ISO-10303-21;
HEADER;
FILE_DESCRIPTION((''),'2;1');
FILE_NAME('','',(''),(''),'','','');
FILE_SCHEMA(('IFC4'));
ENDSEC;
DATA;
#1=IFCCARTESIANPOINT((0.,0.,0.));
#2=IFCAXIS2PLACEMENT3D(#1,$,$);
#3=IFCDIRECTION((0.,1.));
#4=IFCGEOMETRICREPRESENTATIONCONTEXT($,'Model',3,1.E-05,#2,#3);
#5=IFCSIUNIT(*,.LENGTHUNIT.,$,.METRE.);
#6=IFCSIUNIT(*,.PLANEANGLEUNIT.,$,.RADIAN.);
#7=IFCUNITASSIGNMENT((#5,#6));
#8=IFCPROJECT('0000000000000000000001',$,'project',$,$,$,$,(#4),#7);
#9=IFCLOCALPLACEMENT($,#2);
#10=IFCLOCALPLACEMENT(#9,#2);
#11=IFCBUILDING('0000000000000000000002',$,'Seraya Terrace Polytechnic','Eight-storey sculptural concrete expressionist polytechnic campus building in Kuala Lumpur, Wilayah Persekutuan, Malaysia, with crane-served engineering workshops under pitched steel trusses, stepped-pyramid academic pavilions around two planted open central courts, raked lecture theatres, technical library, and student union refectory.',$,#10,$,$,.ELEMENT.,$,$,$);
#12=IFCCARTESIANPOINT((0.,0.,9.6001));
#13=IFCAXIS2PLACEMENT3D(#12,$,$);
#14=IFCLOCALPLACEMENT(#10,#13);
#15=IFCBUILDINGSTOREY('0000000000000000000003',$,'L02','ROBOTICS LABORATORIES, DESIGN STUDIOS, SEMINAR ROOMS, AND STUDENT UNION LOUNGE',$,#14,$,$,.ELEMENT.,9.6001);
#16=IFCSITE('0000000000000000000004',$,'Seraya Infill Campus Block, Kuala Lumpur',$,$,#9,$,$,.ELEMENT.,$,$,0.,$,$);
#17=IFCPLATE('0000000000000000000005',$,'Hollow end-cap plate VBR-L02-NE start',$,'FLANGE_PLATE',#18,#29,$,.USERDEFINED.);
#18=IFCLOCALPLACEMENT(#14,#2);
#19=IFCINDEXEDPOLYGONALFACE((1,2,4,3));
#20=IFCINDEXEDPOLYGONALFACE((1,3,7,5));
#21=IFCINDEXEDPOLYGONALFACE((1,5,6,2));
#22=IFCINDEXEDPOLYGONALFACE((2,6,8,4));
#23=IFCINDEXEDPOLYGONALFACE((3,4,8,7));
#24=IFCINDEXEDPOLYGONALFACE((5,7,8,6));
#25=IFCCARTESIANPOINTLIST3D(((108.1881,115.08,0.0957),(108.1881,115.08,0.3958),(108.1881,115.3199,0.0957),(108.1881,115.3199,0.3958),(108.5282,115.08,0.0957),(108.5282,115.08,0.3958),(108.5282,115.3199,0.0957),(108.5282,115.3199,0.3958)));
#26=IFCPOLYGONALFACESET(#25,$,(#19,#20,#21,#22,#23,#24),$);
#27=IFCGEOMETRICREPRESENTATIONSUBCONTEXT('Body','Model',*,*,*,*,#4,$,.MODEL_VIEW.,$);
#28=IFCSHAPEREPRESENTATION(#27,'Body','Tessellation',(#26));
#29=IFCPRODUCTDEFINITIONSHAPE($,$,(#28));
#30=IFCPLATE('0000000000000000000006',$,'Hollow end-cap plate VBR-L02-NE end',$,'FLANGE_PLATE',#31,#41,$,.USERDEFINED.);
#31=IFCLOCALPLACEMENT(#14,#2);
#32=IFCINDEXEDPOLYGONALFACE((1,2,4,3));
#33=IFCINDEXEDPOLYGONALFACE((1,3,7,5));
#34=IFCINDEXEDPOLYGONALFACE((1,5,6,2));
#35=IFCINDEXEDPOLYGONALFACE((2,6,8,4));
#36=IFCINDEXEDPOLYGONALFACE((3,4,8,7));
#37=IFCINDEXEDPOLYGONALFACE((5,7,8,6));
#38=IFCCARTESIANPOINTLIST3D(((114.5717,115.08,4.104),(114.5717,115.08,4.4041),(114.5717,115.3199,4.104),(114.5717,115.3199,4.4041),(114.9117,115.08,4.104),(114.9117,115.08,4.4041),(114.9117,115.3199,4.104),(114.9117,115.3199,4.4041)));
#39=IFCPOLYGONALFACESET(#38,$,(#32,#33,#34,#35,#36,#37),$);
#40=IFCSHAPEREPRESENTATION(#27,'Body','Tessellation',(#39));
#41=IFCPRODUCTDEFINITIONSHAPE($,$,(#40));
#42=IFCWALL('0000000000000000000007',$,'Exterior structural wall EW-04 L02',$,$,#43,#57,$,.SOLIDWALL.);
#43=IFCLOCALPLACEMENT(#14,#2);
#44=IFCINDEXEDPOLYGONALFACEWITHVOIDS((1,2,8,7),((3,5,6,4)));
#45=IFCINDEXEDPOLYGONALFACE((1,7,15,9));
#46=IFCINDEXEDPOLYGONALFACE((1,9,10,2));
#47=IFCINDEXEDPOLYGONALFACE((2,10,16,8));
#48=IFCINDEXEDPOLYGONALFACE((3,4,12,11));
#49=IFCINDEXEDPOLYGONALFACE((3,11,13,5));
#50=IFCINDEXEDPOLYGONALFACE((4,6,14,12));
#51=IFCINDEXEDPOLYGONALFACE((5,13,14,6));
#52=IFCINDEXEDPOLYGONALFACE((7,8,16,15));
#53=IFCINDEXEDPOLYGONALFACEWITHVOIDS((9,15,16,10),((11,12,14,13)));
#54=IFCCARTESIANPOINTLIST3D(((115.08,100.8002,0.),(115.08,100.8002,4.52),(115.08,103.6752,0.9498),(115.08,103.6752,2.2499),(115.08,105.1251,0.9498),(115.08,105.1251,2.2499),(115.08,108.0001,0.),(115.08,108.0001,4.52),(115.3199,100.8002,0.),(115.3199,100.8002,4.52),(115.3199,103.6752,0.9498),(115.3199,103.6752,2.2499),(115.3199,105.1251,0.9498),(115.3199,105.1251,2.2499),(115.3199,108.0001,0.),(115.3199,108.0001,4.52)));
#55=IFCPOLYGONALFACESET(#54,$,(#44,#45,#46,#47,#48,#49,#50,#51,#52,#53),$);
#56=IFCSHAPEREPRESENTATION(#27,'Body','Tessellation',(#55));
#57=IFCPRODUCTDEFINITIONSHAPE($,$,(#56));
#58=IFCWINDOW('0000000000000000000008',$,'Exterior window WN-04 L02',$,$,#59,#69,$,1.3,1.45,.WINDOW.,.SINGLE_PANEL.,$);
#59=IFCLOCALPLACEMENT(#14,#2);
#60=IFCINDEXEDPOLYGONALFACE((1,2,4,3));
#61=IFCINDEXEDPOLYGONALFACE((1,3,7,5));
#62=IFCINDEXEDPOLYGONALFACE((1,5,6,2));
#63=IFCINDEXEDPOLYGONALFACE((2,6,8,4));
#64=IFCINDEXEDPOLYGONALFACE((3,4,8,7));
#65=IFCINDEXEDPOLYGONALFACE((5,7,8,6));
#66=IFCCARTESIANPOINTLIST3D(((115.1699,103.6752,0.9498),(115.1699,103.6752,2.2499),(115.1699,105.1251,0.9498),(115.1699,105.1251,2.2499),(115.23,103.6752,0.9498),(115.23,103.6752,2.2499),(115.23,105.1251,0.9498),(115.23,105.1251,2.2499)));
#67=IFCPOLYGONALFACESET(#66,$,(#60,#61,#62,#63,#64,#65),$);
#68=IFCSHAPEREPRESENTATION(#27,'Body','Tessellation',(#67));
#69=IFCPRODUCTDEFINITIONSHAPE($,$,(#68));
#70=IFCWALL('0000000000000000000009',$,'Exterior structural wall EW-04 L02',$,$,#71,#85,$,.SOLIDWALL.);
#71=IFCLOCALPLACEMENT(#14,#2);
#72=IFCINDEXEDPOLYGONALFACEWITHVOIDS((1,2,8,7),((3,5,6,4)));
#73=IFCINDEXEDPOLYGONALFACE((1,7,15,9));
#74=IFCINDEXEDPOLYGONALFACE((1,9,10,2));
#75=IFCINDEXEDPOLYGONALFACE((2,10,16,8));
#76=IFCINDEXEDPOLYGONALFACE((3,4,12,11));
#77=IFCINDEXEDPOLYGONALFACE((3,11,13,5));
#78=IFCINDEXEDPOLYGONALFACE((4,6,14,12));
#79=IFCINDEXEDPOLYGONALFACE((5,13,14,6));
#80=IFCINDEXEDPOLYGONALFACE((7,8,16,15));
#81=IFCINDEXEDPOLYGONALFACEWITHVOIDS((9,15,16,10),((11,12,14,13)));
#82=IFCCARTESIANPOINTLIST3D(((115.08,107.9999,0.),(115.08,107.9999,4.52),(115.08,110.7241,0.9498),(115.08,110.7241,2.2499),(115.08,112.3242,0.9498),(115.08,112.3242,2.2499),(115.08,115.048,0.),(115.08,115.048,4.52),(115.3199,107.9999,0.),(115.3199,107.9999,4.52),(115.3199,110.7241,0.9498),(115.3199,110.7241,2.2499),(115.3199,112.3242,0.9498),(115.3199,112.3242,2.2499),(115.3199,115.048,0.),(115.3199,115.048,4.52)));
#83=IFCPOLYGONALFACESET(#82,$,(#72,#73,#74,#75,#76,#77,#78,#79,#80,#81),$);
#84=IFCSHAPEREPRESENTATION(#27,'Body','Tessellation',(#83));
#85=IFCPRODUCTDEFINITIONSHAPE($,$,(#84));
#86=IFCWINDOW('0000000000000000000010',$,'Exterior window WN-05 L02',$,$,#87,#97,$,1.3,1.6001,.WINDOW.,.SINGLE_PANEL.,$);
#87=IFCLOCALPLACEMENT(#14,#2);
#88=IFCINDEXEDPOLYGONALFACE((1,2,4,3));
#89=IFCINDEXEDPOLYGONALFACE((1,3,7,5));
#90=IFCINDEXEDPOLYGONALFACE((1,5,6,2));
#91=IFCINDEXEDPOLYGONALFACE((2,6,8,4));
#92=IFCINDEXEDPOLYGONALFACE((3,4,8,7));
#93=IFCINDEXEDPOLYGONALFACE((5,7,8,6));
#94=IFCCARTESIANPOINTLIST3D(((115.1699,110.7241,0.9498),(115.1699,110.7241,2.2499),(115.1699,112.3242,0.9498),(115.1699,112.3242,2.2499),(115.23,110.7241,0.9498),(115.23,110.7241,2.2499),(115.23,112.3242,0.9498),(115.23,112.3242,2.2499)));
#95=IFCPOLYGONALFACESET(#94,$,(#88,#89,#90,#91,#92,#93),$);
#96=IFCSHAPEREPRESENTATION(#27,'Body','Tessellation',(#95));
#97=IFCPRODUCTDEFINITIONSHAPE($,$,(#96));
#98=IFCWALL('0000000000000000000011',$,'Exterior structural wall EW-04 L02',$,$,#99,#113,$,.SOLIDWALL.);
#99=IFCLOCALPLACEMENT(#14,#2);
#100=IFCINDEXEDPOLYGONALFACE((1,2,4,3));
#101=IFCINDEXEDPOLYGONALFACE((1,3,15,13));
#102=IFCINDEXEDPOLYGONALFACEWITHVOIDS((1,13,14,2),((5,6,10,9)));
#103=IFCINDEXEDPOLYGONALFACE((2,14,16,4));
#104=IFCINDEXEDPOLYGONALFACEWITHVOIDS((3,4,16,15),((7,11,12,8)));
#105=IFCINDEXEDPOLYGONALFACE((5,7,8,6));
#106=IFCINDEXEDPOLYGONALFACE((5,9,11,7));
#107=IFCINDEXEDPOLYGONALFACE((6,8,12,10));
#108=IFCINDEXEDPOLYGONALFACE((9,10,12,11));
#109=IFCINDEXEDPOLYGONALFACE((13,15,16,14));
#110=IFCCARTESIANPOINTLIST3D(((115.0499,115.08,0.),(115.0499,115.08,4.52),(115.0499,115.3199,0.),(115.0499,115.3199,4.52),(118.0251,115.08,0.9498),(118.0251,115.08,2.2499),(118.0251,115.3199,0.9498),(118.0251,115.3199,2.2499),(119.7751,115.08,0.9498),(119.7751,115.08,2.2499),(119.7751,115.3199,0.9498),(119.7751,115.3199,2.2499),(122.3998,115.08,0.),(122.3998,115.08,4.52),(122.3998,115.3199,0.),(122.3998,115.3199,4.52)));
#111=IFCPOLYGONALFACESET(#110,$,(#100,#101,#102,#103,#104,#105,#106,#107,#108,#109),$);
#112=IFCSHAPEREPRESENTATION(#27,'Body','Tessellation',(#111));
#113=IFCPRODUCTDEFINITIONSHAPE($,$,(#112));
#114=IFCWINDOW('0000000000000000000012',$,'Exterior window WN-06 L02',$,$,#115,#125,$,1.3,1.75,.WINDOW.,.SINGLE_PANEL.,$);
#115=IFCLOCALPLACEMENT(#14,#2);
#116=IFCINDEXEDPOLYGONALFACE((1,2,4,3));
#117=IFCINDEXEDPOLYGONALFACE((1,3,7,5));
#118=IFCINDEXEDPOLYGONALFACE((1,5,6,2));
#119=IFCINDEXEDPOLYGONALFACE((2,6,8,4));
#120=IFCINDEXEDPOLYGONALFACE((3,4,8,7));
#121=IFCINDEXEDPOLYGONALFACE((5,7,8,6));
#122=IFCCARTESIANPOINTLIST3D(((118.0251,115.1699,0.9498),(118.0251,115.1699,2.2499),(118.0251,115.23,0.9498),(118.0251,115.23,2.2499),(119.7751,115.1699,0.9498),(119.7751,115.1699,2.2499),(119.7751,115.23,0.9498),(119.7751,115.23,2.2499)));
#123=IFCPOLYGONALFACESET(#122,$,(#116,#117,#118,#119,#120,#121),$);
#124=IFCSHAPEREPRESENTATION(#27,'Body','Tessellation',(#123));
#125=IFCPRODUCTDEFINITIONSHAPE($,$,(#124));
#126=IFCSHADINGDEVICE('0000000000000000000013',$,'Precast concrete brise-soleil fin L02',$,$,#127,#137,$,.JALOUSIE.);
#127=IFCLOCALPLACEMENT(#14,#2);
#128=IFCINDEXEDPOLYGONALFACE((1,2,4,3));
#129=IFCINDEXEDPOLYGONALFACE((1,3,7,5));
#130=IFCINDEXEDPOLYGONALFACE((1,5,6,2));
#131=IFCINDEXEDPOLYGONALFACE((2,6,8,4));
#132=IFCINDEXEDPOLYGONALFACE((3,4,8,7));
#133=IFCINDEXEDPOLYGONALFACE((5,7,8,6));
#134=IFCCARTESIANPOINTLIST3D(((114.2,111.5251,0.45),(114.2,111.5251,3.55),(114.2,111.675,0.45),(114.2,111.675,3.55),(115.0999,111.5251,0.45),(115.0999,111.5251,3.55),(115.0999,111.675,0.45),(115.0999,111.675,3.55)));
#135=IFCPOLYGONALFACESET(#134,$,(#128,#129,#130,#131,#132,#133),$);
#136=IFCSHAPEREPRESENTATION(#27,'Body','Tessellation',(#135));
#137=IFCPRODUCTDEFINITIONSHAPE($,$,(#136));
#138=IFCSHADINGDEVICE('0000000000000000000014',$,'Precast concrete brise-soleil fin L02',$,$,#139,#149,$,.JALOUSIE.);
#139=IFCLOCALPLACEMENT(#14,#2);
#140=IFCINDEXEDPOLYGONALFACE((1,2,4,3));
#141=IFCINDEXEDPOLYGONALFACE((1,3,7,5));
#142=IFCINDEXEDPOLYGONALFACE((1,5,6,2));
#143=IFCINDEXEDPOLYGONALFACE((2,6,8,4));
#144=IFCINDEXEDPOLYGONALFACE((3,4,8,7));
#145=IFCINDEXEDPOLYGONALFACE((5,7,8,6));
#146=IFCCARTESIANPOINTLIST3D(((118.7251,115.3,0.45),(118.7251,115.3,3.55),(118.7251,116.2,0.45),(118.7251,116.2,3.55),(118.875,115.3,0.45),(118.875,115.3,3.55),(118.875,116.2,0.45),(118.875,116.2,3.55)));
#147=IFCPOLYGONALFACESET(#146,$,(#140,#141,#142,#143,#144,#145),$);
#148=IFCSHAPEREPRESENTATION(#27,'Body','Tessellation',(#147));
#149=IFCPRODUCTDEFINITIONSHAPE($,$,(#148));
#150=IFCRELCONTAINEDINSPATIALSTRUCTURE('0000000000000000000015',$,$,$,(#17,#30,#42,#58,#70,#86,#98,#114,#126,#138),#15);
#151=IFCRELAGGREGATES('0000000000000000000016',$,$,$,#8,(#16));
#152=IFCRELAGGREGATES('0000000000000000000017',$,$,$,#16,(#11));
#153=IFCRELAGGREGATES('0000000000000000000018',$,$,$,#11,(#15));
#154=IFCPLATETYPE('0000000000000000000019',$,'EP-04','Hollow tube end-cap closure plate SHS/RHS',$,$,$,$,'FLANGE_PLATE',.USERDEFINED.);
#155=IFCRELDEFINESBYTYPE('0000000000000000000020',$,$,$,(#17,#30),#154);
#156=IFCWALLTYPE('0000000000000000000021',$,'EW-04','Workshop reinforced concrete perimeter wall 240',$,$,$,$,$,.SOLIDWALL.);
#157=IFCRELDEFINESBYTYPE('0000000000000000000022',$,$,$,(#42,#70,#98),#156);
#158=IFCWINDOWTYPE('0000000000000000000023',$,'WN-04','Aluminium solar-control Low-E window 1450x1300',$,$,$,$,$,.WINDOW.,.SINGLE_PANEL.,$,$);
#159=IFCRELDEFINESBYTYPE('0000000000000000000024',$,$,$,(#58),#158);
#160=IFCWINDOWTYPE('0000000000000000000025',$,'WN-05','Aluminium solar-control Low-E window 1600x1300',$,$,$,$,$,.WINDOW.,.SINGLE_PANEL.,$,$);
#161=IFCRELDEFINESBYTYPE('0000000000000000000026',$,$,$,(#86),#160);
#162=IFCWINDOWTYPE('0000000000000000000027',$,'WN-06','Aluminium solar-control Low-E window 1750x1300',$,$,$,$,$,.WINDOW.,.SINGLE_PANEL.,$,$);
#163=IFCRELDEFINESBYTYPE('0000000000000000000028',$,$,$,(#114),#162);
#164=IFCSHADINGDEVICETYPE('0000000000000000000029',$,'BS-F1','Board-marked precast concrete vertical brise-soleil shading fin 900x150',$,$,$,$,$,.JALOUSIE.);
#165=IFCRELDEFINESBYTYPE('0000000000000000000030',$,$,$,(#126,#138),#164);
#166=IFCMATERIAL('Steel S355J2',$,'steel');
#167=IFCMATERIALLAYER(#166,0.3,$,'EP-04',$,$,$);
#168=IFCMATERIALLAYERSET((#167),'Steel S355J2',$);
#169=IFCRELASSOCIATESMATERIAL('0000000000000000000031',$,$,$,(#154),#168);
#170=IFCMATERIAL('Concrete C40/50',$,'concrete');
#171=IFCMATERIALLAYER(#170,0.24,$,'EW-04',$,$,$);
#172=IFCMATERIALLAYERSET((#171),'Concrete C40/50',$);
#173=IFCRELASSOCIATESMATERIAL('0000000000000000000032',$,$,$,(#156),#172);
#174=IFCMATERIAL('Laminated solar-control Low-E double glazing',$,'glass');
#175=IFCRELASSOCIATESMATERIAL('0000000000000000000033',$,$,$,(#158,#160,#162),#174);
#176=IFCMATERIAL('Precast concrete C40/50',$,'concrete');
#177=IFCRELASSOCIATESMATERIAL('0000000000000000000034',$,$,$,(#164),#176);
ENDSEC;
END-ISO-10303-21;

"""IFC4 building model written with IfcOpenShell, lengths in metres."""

from ifc_helpers import new_model, si_unit, direction, frame, frame_2d, origin, origin_2d, place, context, subcontext, project, spatial, rectangle, extrude, material, layer, layer_set, type_object, element, fill, save


model = new_model("IFC4")

# Units and contexts
model_context = context("Model", 3, precision=1e-05, world=origin(), true_north=direction((0.0, 1.0)))
body_context = subcontext(model_context, "Body", "Model", "MODEL_VIEW")
ifc_project = project(units=[si_unit("LENGTHUNIT", "METRE"), si_unit("PLANEANGLEUNIT", "RADIAN")], contexts=[model_context])

# Site, building, storey
site_placement = place(None, origin())
site = spatial("IfcSite", under=ifc_project, at=site_placement, Name="Seraya Infill Campus Block, Kuala Lumpur", CompositionType="ELEMENT", RefElevation=0.0)
building_placement = place(site_placement, origin())
building = spatial("IfcBuilding", under=site, at=building_placement, Name="Seraya Terrace Polytechnic", Description="Eight-storey sculptural concrete expressionist polytechnic campus building in Kuala Lumpur, Wilayah Persekutuan, Malaysia, with crane-served engineering workshops under pitched steel trusses, stepped-pyramid academic pavilions around two planted open central courts, raked lecture theatres, technical library, and student union refectory.", CompositionType="ELEMENT")
storey_placement = place(building_placement, frame((0.0, 0.0, 9.6001)))
storey = spatial("IfcBuildingStorey", under=building, at=storey_placement, Name="L02", Description="ROBOTICS LABORATORIES, DESIGN STUDIOS, SEMINAR ROOMS, AND STUDENT UNION LOUNGE", CompositionType="ELEMENT", Elevation=9.6001)

# Shared definitions
ifc_material_1 = material(Name="Concrete C40/50", Category="concrete")

# Shared definitions
ifc_material_2 = material(Name="Steel S355J2", Category="steel")

# Shared definitions
ifc_material_3 = material(Name="Laminated solar-control Low-E double glazing", Category="glass")

# Plates
ifc_layer_1 = layer(ifc_material_2, 0.3, Name="EP-04")
ifc_layer_set_1 = layer_set([ifc_layer_1], Name="Steel S355J2")
plate_type_1 = type_object("IfcPlateType", Name="EP-04", Description="Hollow tube end-cap closure plate SHS/RHS", ElementType="FLANGE_PLATE", PredefinedType="USERDEFINED", material=ifc_layer_set_1)
for number, where, z_axis, x_axis, name in (
    (1, (108.3582, 115.2, 0.0957), (0.0, 0.0, 1.0), (1.0, 0.0, 0.0), "Hollow end-cap plate VBR-L02-NE start"),
    (2, (114.7417, 115.2, 4.104), (0.0, 0.0, 1.0), (1.0, 0.0, 0.0), "Hollow end-cap plate VBR-L02-NE end"),
):
    element("IfcPlate", number, at=place(storey_placement, frame(where, z_axis=z_axis, x_axis=x_axis)), inside=storey, type_object=plate_type_1, Name=name, ObjectType="FLANGE_PLATE", PredefinedType="USERDEFINED", context=body_context, shape_type="SweptSolid", body=[
        extrude(rectangle(XDim=0.3401, YDim=0.24, at=origin_2d()), origin(), (0.0, 0.0, 1.0), 0.3),
    ])

# Walls, openings, windows
ifc_layer_2 = layer(ifc_material_1, 0.24, Name="EW-04")
ifc_layer_set_2 = layer_set([ifc_layer_2], Name="Concrete C40/50")
wall_type = type_object("IfcWallType", Name="EW-04", Description="Workshop reinforced concrete perimeter wall 240", PredefinedType="SOLIDWALL", material=ifc_layer_set_2)
wall_1_placement = place(storey_placement, frame((115.2, 100.8, 0.0), z_axis=(0.0, 0.0, 1.0), x_axis=(0.0, 1.0, 0.0)))
wall_1 = element("IfcWall", 3, at=wall_1_placement, inside=storey, type_object=wall_type, Name="Exterior structural wall EW-04 L02", PredefinedType="SOLIDWALL", context=body_context, shape_type="SweptSolid", body=[
    extrude(rectangle(XDim=7.2, YDim=0.24, at=frame_2d((3.6001, 0.0))), origin(), (0.0, 0.0, 1.0), 4.52),
])
opening_1_placement = place(wall_1_placement, frame((2.875, 0.0, 0.95)))
opening_1 = element("IfcOpeningElement", 4, at=opening_1_placement, cuts=wall_1, PredefinedType="OPENING", context=body_context, shape_type="SweptSolid", body=[
    extrude(rectangle(XDim=1.45, YDim=1.3, at=frame_2d((0.7251, 0.6499))), frame((0.0, 0.1318, 0.0), z_axis=(0.0, -1.0, 0.0), x_axis=(1.0, 0.0, 0.0)), (0.0, 0.0, 1.0), 0.2639),
])
window_type_1 = type_object("IfcWindowType", Name="WN-04", Description="Aluminium solar-control Low-E window 1450x1300", PartitioningType="SINGLE_PANEL", PredefinedType="WINDOW", material=ifc_material_3)
window_1_placement = place(opening_1_placement, origin())
window_1 = element("IfcWindow", 5, at=window_1_placement, inside=storey, type_object=window_type_1, Name="Exterior window WN-04 L02", OverallHeight=1.3, OverallWidth=1.45, PartitioningType="SINGLE_PANEL", PredefinedType="WINDOW", context=body_context, shape_type="SweptSolid", body=[
    extrude(rectangle(XDim=1.45, YDim=1.3, at=frame_2d((0.7251, 0.6499))), frame((0.0, 0.03, 0.0), z_axis=(0.0, -1.0, 0.0), x_axis=(1.0, 0.0, 0.0)), (0.0, 0.0, 1.0), 0.0601),
])
fill(opening_1, window_1)
wall_2_placement = place(storey_placement, frame((115.2, 108.0, 0.0), z_axis=(0.0, 0.0, 1.0), x_axis=(0.0, 1.0, 0.0)))
wall_2 = element("IfcWall", 6, at=wall_2_placement, inside=storey, type_object=wall_type, Name="Exterior structural wall EW-04 L02", PredefinedType="SOLIDWALL", context=body_context, shape_type="SweptSolid", body=[
    extrude(rectangle(XDim=7.0481, YDim=0.24, at=frame_2d((3.5239, 0.0))), origin(), (0.0, 0.0, 1.0), 4.52),
])
opening_2_placement = place(wall_2_placement, frame((2.7241, 0.0, 0.95)))
opening_2 = element("IfcOpeningElement", 7, at=opening_2_placement, cuts=wall_2, PredefinedType="OPENING", context=body_context, shape_type="SweptSolid", body=[
    extrude(rectangle(XDim=1.6001, YDim=1.3, at=frame_2d((0.8, 0.6499))), frame((0.0, 0.1318, 0.0), z_axis=(0.0, -1.0, 0.0), x_axis=(1.0, 0.0, 0.0)), (0.0, 0.0, 1.0), 0.2639),
])
window_type_2 = type_object("IfcWindowType", Name="WN-05", Description="Aluminium solar-control Low-E window 1600x1300", PartitioningType="SINGLE_PANEL", PredefinedType="WINDOW", material=ifc_material_3)
window_2_placement = place(opening_2_placement, origin())
window_2 = element("IfcWindow", 8, at=window_2_placement, inside=storey, type_object=window_type_2, Name="Exterior window WN-05 L02", OverallHeight=1.3, OverallWidth=1.6001, PartitioningType="SINGLE_PANEL", PredefinedType="WINDOW", context=body_context, shape_type="SweptSolid", body=[
    extrude(rectangle(XDim=1.6001, YDim=1.3, at=frame_2d((0.8, 0.6499))), frame((0.0, 0.03, 0.0), z_axis=(0.0, -1.0, 0.0), x_axis=(1.0, 0.0, 0.0)), (0.0, 0.0, 1.0), 0.0601),
])
fill(opening_2, window_2)
wall_3_placement = place(storey_placement, frame((115.05, 115.2, 0.0), z_axis=(0.0, 0.0, 1.0), x_axis=(1.0, 0.0, 0.0)))
wall_3 = element("IfcWall", 9, at=wall_3_placement, inside=storey, type_object=wall_type, Name="Exterior structural wall EW-04 L02", PredefinedType="SOLIDWALL", context=body_context, shape_type="SweptSolid", body=[
    extrude(rectangle(XDim=7.3499, YDim=0.24, at=frame_2d((3.6748, 0.0))), origin(), (0.0, 0.0, 1.0), 4.52),
])
opening_3_placement = place(wall_3_placement, frame((2.9751, 0.0, 0.95)))
opening_3 = element("IfcOpeningElement", 10, at=opening_3_placement, cuts=wall_3, PredefinedType="OPENING", context=body_context, shape_type="SweptSolid", body=[
    extrude(rectangle(XDim=1.75, YDim=1.3, at=frame_2d((0.875, 0.6499))), frame((0.0, 0.1318, 0.0), z_axis=(0.0, -1.0, 0.0), x_axis=(1.0, 0.0, 0.0)), (0.0, 0.0, 1.0), 0.2639),
])
window_type_3 = type_object("IfcWindowType", Name="WN-06", Description="Aluminium solar-control Low-E window 1750x1300", PartitioningType="SINGLE_PANEL", PredefinedType="WINDOW", material=ifc_material_3)
window_3_placement = place(opening_3_placement, origin())
window_3 = element("IfcWindow", 11, at=window_3_placement, inside=storey, type_object=window_type_3, Name="Exterior window WN-06 L02", OverallHeight=1.3, OverallWidth=1.75, PartitioningType="SINGLE_PANEL", PredefinedType="WINDOW", context=body_context, shape_type="SweptSolid", body=[
    extrude(rectangle(XDim=1.75, YDim=1.3, at=frame_2d((0.875, 0.6499))), frame((0.0, 0.03, 0.0), z_axis=(0.0, -1.0, 0.0), x_axis=(1.0, 0.0, 0.0)), (0.0, 0.0, 1.0), 0.0601),
])
fill(opening_3, window_3)

# Shading devices
ifc_material_4 = material(Name="Precast concrete C40/50", Category="concrete")
shading_device_type = type_object("IfcShadingDeviceType", Name="BS-F1", Description="Board-marked precast concrete vertical brise-soleil shading fin 900x150", PredefinedType="JALOUSIE", material=ifc_material_4)
for number, where, z_axis, x_axis, name in (
    (12, (114.6499, 111.6001, 0.45), (0.0, 0.0, 1.0), (-1.0, 0.0, 0.0), "Precast concrete brise-soleil fin L02"),
    (13, (118.8, 115.75, 0.45), (0.0, 0.0, 1.0), (0.0, 1.0, 0.0), "Precast concrete brise-soleil fin L02"),
):
    element("IfcShadingDevice", number, at=place(storey_placement, frame(where, z_axis=z_axis, x_axis=x_axis)), inside=storey, type_object=shading_device_type, Name=name, PredefinedType="JALOUSIE", context=body_context, shape_type="SweptSolid", body=[
        extrude(rectangle(XDim=0.8999, YDim=0.1499, at=origin_2d()), origin(), (0.0, 0.0, 1.0), 3.1001),
    ])

save(model, "model.ifc")
